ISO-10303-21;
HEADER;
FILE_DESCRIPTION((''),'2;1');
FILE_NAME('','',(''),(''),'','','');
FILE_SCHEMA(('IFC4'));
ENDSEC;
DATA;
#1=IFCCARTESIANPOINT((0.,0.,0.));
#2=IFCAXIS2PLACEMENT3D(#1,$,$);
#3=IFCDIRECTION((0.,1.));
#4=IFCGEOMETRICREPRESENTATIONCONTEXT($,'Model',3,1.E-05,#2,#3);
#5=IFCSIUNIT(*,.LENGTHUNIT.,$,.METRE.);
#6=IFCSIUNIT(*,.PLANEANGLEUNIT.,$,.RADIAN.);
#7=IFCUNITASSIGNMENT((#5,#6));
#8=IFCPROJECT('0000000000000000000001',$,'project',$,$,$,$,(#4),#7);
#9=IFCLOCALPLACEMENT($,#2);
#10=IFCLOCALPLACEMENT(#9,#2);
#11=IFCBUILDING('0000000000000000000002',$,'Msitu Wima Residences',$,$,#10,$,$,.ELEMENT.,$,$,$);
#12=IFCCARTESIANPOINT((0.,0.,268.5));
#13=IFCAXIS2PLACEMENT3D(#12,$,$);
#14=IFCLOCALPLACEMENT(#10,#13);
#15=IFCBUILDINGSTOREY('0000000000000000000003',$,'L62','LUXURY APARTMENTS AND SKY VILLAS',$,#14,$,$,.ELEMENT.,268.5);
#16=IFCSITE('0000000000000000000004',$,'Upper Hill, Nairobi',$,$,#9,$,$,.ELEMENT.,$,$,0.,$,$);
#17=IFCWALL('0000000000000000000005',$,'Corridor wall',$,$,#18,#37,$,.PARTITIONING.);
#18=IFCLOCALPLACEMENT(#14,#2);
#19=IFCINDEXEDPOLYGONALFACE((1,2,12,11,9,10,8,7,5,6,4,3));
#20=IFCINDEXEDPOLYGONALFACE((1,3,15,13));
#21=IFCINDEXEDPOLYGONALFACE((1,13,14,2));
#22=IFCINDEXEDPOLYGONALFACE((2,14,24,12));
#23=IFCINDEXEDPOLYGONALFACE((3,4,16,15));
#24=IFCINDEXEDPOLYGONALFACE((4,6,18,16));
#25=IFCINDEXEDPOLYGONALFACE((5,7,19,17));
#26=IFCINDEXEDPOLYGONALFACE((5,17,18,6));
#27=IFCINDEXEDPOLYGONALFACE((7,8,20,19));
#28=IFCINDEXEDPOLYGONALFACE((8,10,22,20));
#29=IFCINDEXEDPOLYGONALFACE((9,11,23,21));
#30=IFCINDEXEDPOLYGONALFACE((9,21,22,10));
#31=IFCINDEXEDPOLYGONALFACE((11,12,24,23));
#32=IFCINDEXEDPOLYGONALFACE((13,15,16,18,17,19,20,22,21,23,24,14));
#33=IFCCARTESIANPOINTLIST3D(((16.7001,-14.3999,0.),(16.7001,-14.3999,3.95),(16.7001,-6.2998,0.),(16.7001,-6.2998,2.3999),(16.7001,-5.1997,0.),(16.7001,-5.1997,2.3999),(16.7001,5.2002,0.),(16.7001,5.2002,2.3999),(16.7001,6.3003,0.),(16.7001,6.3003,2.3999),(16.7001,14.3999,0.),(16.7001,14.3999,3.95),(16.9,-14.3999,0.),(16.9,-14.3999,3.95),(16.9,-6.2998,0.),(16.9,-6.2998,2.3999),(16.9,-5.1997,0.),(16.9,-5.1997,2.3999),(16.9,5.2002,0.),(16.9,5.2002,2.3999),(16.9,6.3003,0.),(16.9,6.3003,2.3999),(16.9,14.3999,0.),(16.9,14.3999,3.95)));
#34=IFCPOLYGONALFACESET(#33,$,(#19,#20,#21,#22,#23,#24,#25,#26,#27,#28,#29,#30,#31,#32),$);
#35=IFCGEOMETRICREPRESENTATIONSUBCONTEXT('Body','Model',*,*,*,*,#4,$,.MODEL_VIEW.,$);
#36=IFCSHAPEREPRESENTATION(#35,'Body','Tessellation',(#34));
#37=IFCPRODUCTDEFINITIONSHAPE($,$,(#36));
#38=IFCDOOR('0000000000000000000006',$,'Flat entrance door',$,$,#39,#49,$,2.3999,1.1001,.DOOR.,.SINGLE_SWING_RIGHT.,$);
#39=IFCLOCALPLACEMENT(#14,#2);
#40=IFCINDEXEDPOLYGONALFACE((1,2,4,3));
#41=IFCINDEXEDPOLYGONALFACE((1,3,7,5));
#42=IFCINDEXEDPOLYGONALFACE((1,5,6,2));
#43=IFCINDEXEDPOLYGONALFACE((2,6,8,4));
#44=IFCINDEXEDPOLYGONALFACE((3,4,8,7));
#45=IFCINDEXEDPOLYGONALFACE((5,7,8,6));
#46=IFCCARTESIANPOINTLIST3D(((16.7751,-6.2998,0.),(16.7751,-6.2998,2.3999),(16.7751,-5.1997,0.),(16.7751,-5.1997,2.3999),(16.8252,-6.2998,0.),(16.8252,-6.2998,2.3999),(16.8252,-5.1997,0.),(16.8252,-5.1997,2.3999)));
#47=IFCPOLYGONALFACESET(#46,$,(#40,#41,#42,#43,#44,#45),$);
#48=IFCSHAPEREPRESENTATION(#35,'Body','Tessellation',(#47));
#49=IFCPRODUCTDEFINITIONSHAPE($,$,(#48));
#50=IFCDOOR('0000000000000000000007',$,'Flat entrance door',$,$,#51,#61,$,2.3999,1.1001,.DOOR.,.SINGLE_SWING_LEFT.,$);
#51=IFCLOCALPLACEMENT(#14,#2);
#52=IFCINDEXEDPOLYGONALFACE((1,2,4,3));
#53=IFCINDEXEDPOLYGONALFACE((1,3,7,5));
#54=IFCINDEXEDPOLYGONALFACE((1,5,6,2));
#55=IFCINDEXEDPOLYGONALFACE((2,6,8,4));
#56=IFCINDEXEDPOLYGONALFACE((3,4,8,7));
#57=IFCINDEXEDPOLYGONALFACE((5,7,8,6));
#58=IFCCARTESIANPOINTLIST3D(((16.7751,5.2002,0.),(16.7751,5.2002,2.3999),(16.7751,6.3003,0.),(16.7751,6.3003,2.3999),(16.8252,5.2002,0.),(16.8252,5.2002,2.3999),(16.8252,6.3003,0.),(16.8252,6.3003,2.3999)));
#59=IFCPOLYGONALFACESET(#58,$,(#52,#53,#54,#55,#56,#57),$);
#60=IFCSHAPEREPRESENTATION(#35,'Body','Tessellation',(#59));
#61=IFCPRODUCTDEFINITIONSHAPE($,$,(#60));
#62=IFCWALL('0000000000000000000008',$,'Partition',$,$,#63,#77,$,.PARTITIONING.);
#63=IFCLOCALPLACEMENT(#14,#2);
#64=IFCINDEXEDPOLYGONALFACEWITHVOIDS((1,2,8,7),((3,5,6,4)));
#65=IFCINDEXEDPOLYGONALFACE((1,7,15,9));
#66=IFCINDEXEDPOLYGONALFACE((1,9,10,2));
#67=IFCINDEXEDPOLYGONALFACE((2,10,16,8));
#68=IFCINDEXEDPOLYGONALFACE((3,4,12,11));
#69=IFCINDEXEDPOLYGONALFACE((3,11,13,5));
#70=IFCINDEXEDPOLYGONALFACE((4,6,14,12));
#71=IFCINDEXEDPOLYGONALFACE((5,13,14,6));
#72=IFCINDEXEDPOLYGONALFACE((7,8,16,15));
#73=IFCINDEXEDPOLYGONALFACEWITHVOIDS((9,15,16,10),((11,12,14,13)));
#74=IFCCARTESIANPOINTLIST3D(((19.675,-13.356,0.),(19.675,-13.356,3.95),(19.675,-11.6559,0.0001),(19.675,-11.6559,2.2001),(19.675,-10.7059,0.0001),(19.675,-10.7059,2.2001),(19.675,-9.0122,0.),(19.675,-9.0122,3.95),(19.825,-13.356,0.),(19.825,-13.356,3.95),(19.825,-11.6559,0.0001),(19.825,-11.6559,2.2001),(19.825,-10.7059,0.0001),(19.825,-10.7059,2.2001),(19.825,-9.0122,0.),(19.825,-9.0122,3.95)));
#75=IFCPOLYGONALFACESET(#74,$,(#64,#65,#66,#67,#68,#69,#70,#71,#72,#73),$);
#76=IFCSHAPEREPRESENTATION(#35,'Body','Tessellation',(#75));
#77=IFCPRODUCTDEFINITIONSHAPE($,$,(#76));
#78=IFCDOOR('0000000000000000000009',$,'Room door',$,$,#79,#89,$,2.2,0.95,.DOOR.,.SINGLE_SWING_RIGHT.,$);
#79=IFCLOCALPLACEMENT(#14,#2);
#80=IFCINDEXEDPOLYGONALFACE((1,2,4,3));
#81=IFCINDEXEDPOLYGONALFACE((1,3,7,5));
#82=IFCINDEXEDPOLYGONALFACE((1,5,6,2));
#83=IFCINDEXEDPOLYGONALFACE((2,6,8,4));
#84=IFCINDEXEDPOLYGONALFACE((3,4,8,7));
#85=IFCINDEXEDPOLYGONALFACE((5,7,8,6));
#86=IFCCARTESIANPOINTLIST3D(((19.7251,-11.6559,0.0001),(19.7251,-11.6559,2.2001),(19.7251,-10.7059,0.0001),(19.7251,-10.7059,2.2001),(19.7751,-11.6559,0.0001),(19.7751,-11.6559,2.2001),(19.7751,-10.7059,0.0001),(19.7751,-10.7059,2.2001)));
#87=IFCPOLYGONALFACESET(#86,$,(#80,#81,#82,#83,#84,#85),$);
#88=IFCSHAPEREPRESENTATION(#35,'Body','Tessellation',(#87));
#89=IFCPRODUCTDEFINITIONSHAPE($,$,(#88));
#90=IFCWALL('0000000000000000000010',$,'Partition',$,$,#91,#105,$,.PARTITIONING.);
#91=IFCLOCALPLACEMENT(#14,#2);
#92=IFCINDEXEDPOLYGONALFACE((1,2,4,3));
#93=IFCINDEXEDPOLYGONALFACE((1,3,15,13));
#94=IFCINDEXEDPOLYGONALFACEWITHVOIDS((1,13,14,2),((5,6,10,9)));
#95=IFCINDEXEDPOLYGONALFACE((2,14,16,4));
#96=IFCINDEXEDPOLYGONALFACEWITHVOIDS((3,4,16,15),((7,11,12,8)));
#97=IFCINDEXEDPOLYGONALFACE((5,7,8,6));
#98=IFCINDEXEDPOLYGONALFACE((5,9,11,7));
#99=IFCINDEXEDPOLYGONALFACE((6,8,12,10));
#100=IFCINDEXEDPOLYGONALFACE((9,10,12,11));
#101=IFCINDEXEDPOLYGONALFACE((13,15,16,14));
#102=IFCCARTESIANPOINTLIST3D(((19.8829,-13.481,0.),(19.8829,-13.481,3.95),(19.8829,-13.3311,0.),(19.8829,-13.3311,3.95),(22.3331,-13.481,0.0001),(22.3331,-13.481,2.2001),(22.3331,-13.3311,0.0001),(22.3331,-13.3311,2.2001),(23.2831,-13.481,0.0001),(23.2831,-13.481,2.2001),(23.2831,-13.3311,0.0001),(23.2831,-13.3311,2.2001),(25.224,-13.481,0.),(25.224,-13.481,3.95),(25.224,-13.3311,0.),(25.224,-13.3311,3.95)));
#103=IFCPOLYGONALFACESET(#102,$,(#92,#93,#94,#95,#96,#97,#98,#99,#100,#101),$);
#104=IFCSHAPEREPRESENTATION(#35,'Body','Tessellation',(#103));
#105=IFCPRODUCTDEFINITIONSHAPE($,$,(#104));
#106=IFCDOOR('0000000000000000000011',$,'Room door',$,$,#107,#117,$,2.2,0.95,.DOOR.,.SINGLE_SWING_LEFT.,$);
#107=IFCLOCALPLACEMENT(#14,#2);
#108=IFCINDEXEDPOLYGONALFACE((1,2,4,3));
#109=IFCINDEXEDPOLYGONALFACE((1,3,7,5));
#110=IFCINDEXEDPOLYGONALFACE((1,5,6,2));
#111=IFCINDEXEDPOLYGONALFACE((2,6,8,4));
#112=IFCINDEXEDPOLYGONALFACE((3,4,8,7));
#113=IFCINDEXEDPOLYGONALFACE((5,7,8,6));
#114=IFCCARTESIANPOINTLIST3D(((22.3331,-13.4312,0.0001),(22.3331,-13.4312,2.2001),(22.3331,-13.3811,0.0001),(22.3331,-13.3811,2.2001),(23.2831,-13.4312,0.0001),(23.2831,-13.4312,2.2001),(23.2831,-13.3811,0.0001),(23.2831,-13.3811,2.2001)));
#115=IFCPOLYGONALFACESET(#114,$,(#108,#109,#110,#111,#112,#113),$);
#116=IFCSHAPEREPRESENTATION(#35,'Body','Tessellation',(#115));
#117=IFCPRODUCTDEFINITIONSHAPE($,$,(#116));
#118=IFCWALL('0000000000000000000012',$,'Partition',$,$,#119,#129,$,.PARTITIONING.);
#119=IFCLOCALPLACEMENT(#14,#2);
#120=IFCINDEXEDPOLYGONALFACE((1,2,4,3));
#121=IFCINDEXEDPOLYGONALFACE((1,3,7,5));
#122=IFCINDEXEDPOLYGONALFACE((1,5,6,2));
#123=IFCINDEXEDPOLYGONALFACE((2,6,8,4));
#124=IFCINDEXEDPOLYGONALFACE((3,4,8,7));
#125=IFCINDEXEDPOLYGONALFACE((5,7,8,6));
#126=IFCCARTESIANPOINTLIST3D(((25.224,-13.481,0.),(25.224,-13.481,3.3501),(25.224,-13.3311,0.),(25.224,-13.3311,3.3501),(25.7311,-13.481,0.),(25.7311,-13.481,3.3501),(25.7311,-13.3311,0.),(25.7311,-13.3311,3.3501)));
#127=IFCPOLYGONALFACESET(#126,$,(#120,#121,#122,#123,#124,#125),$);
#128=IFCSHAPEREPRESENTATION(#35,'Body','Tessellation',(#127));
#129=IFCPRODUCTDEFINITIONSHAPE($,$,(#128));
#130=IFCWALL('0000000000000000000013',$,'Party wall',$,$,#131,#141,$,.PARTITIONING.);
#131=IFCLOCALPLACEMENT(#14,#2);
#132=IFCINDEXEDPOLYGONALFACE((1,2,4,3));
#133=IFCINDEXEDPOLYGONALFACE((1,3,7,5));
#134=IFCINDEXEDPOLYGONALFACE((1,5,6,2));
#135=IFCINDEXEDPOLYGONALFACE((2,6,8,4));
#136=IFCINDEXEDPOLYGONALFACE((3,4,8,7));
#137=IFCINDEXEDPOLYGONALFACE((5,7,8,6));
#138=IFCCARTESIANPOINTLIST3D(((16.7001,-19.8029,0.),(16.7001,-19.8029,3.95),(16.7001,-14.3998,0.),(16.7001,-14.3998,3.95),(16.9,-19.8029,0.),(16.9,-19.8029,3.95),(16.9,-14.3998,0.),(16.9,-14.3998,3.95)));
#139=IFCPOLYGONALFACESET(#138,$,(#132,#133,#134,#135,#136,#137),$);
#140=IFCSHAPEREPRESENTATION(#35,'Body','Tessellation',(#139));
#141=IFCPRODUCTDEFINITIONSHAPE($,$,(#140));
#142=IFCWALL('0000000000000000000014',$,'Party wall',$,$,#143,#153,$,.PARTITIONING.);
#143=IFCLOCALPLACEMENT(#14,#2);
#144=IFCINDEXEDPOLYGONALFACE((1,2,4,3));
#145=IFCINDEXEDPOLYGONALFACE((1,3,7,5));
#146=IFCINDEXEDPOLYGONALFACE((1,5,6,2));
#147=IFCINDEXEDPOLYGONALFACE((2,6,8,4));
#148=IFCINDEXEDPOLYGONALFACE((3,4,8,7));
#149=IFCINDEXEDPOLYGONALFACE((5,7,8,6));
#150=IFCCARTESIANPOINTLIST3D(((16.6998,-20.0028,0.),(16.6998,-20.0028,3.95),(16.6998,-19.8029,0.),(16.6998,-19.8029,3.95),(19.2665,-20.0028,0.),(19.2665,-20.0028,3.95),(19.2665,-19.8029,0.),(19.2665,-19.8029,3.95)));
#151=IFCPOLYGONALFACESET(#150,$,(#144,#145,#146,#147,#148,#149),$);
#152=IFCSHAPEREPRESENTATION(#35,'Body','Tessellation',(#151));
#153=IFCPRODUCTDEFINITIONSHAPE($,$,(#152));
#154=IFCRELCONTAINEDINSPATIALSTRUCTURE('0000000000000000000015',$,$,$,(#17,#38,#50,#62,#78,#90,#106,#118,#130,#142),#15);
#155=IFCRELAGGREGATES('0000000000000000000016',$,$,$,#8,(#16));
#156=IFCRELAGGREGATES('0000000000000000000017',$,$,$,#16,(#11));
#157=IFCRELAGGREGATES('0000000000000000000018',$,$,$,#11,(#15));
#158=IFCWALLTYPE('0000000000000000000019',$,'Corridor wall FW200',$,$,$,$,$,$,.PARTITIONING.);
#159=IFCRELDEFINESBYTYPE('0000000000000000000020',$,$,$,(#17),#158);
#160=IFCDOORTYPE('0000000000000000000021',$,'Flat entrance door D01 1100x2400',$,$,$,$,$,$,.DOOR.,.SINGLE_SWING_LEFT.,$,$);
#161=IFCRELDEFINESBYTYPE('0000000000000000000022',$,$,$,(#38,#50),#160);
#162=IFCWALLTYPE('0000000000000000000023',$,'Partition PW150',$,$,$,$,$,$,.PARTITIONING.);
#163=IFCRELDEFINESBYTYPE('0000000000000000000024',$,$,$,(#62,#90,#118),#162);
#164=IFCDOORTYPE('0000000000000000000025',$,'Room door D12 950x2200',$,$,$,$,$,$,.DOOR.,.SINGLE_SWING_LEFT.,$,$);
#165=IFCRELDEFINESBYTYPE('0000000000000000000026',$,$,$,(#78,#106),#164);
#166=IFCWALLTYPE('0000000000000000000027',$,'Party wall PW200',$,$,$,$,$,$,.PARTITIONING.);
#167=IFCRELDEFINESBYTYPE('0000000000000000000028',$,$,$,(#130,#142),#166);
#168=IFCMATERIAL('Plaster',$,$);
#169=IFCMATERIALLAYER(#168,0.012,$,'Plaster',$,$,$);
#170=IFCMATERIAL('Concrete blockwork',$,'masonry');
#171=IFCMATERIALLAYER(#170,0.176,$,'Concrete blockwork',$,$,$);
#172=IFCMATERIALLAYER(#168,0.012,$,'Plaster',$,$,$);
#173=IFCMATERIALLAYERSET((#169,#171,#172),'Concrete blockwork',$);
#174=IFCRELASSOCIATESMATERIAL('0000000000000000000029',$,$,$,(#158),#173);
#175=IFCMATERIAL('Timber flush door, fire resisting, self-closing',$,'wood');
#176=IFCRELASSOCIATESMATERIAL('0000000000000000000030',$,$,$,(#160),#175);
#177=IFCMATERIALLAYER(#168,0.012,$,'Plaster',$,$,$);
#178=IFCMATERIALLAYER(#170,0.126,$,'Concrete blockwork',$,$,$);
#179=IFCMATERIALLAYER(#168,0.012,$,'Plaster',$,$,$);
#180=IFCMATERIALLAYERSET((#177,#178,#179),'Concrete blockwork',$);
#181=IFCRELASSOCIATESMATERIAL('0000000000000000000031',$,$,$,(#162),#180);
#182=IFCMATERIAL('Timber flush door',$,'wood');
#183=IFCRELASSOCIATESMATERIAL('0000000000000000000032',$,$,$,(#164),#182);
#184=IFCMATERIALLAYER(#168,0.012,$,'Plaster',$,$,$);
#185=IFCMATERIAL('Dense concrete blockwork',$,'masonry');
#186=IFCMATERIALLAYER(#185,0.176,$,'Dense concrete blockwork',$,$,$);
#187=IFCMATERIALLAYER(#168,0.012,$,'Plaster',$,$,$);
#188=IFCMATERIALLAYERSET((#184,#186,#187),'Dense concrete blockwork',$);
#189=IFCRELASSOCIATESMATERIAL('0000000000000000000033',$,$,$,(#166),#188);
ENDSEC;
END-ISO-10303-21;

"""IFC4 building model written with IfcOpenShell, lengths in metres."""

from ifc_helpers import new_model, si_unit, direction, frame, frame_2d, origin, place, context, subcontext, project, spatial, rectangle, extrude, material, layer, layer_set, type_object, element, fill, save


model = new_model("IFC4")

# Units and contexts
model_context = context("Model", 3, precision=1e-05, world=origin(), true_north=direction((0.0, 1.0)))
body_context = subcontext(model_context, "Body", "Model", "MODEL_VIEW")
ifc_project = project(units=[si_unit("LENGTHUNIT", "METRE"), si_unit("PLANEANGLEUNIT", "RADIAN")], contexts=[model_context])

# Site, building, storey
site_placement = place(None, origin())
site = spatial("IfcSite", under=ifc_project, at=site_placement, Name="Upper Hill, Nairobi", CompositionType="ELEMENT", RefElevation=0.0)
building_placement = place(site_placement, origin())
building = spatial("IfcBuilding", under=site, at=building_placement, Name="Msitu Wima Residences", CompositionType="ELEMENT")
storey_placement = place(building_placement, frame((0.0, 0.0, 268.5)))
storey = spatial("IfcBuildingStorey", under=building, at=storey_placement, Name="L62", Description="LUXURY APARTMENTS AND SKY VILLAS", CompositionType="ELEMENT", Elevation=268.5)

# Shared definitions
ifc_material_1 = material(Name="Plaster")
ifc_layer_1 = layer(ifc_material_1, 0.012, Name="Plaster")
ifc_material_2 = material(Name="Concrete blockwork", Category="masonry")
ifc_layer_2 = layer(ifc_material_2, 0.176, Name="Concrete blockwork")
ifc_layer_3 = layer(ifc_material_1, 0.012, Name="Plaster")
ifc_layer_set_1 = layer_set([ifc_layer_1, ifc_layer_2, ifc_layer_3], Name="Concrete blockwork")
wall_type_1 = type_object("IfcWallType", Name="Corridor wall FW200", PredefinedType="PARTITIONING", material=ifc_layer_set_1)

# Shared definitions
ifc_material_3 = material(Name="Timber flush door, fire resisting, self-closing", Category="wood")
door_type_1 = type_object("IfcDoorType", Name="Flat entrance door D01 1100x2400", OperationType="SINGLE_SWING_LEFT", PredefinedType="DOOR", material=ifc_material_3)

# Wall, openings, doors
wall_1_placement = place(storey_placement, frame((16.8, -14.3999, 0.0), z_axis=(0.0, 0.0, 1.0), x_axis=(0.0, 1.0, 0.0)))
wall_1 = element("IfcWall", 1, at=wall_1_placement, inside=storey, type_object=wall_type_1, Name="Corridor wall", PredefinedType="PARTITIONING", context=body_context, shape_type="SweptSolid", body=[
    extrude(rectangle(XDim=28.7998, YDim=0.2, at=frame_2d((14.3999, 0.0))), origin(), (0.0, 0.0, 1.0), 3.95),
])
opening_1_placement = place(wall_1_placement, frame((8.1001, 0.0, 0.0)))
opening_1 = element("IfcOpeningElement", 2, at=opening_1_placement, cuts=wall_1, PredefinedType="OPENING", context=body_context, shape_type="SweptSolid", body=[
    extrude(rectangle(XDim=1.1001, YDim=2.3999, at=frame_2d((0.55, 1.2))), frame((0.0, 0.1099, 0.0), z_axis=(0.0, -1.0, 0.0), x_axis=(1.0, 0.0, 0.0)), (0.0, 0.0, 1.0), 0.22),
])
opening_2_placement = place(wall_1_placement, frame((19.6001, 0.0, 0.0)))
opening_2 = element("IfcOpeningElement", 3, at=opening_2_placement, cuts=wall_1, PredefinedType="OPENING", context=body_context, shape_type="SweptSolid", body=[
    extrude(rectangle(XDim=1.1001, YDim=2.3999, at=frame_2d((0.55, 1.2))), frame((0.0, 0.1099, 0.0), z_axis=(0.0, -1.0, 0.0), x_axis=(1.0, 0.0, 0.0)), (0.0, 0.0, 1.0), 0.22),
])
door_1_placement = place(opening_1_placement, origin())
door_1 = element("IfcDoor", 4, at=door_1_placement, inside=storey, type_object=door_type_1, Name="Flat entrance door", OperationType="SINGLE_SWING_RIGHT", OverallHeight=2.3999, OverallWidth=1.1001, PredefinedType="DOOR", context=body_context, shape_type="SweptSolid", body=[
    extrude(rectangle(XDim=1.1001, YDim=2.3999, at=frame_2d((0.55, 1.2))), frame((0.0, 0.0249, 0.0), z_axis=(0.0, -1.0, 0.0), x_axis=(1.0, 0.0, 0.0)), (0.0, 0.0, 1.0), 0.05),
])
fill(opening_1, door_1)
door_2_placement = place(opening_2_placement, origin())
door_2 = element("IfcDoor", 5, at=door_2_placement, inside=storey, type_object=door_type_1, Name="Flat entrance door", OperationType="SINGLE_SWING_LEFT", OverallHeight=2.3999, OverallWidth=1.1001, PredefinedType="DOOR", context=body_context, shape_type="SweptSolid", body=[
    extrude(rectangle(XDim=1.1001, YDim=2.3999, at=frame_2d((0.55, 1.2))), frame((0.0, 0.0249, 0.0), z_axis=(0.0, -1.0, 0.0), x_axis=(1.0, 0.0, 0.0)), (0.0, 0.0, 1.0), 0.05),
])
fill(opening_2, door_2)

# Walls, openings, doors
ifc_layer_4 = layer(ifc_material_1, 0.012, Name="Plaster")
ifc_layer_5 = layer(ifc_material_2, 0.126, Name="Concrete blockwork")
ifc_layer_6 = layer(ifc_material_1, 0.012, Name="Plaster")
ifc_layer_set_2 = layer_set([ifc_layer_4, ifc_layer_5, ifc_layer_6], Name="Concrete blockwork")
wall_type_2 = type_object("IfcWallType", Name="Partition PW150", PredefinedType="PARTITIONING", material=ifc_layer_set_2)
wall_2_placement = place(storey_placement, frame((19.75, -13.356, 0.0), z_axis=(0.0, 0.0, 1.0), x_axis=(0.0, 1.0, 0.0)))
wall_2 = element("IfcWall", 6, at=wall_2_placement, inside=storey, type_object=wall_type_2, Name="Partition", PredefinedType="PARTITIONING", context=body_context, shape_type="SweptSolid", body=[
    extrude(rectangle(XDim=4.3438, YDim=0.1499, at=frame_2d((2.1719, 0.0))), origin(), (0.0, 0.0, 1.0), 3.95),
])
opening_3_placement = place(wall_2_placement, frame((1.7, 0.0, 0.0)))
opening_3 = element("IfcOpeningElement", 7, at=opening_3_placement, cuts=wall_2, PredefinedType="OPENING", context=body_context, shape_type="SweptSolid", body=[
    extrude(rectangle(XDim=0.95, YDim=2.2, at=frame_2d((0.4751, 1.1001))), frame((0.0, 0.085, 0.0), z_axis=(0.0, -1.0, 0.0), x_axis=(1.0, 0.0, 0.0)), (0.0, 0.0, 1.0), 0.1699),
])
ifc_material_4 = material(Name="Timber flush door", Category="wood")
door_type_2 = type_object("IfcDoorType", Name="Room door D12 950x2200", OperationType="SINGLE_SWING_LEFT", PredefinedType="DOOR", material=ifc_material_4)
door_3_placement = place(opening_3_placement, origin())
door_3 = element("IfcDoor", 8, at=door_3_placement, inside=storey, type_object=door_type_2, Name="Room door", OperationType="SINGLE_SWING_RIGHT", OverallHeight=2.2, OverallWidth=0.95, PredefinedType="DOOR", context=body_context, shape_type="SweptSolid", body=[
    extrude(rectangle(XDim=0.95, YDim=2.2, at=frame_2d((0.4751, 1.1001))), frame((0.0, 0.0249, 0.0), z_axis=(0.0, -1.0, 0.0), x_axis=(1.0, 0.0, 0.0)), (0.0, 0.0, 1.0), 0.05),
])
fill(opening_3, door_3)
wall_3_placement = place(storey_placement, frame((19.8831, -13.406, 0.0), z_axis=(0.0, 0.0, 1.0), x_axis=(1.0, 0.0, 0.0)))
wall_3 = element("IfcWall", 9, at=wall_3_placement, inside=storey, type_object=wall_type_2, Name="Partition", PredefinedType="PARTITIONING", context=body_context, shape_type="SweptSolid", body=[
    extrude(rectangle(XDim=5.3411, YDim=0.1499, at=frame_2d((2.6704, 0.0))), origin(), (0.0, 0.0, 1.0), 3.95),
])
opening_4_placement = place(wall_3_placement, frame((2.45, 0.0, 0.0)))
opening_4 = element("IfcOpeningElement", 10, at=opening_4_placement, cuts=wall_3, PredefinedType="OPENING", context=body_context, shape_type="SweptSolid", body=[
    extrude(rectangle(XDim=0.95, YDim=2.2, at=frame_2d((0.4751, 1.1001))), frame((0.0, 0.085, 0.0), z_axis=(0.0, -1.0, 0.0), x_axis=(1.0, 0.0, 0.0)), (0.0, 0.0, 1.0), 0.1699),
])
door_4_placement = place(opening_4_placement, origin())
door_4 = element("IfcDoor", 11, at=door_4_placement, inside=storey, type_object=door_type_2, Name="Room door", OperationType="SINGLE_SWING_LEFT", OverallHeight=2.2, OverallWidth=0.95, PredefinedType="DOOR", context=body_context, shape_type="SweptSolid", body=[
    extrude(rectangle(XDim=0.95, YDim=2.2, at=frame_2d((0.4751, 1.1001))), frame((0.0, 0.0249, 0.0), z_axis=(0.0, -1.0, 0.0), x_axis=(1.0, 0.0, 0.0)), (0.0, 0.0, 1.0), 0.05),
])
fill(opening_4, door_4)

# Walls
wall_4_placement = place(storey_placement, frame((25.2241, -13.406, 0.0), z_axis=(0.0, 0.0, 1.0), x_axis=(1.0, 0.0, 0.0)))
element("IfcWall", 12, at=wall_4_placement, inside=storey, type_object=wall_type_2, Name="Partition", PredefinedType="PARTITIONING", context=body_context, shape_type="SweptSolid", body=[
    extrude(rectangle(XDim=0.5071, YDim=0.1499, at=frame_2d((0.2534, 0.0))), origin(), (0.0, 0.0, 1.0), 3.3501),
])
ifc_layer_7 = layer(ifc_material_1, 0.012, Name="Plaster")
ifc_material_5 = material(Name="Dense concrete blockwork", Category="masonry")
ifc_layer_8 = layer(ifc_material_5, 0.176, Name="Dense concrete blockwork")
ifc_layer_9 = layer(ifc_material_1, 0.012, Name="Plaster")
ifc_layer_set_3 = layer_set([ifc_layer_7, ifc_layer_8, ifc_layer_9], Name="Dense concrete blockwork")
wall_type_3 = type_object("IfcWallType", Name="Party wall PW200", PredefinedType="PARTITIONING", material=ifc_layer_set_3)
wall_5_placement = place(storey_placement, frame((16.8, -19.803, 0.0), z_axis=(0.0, 0.0, 1.0), x_axis=(0.0, 1.0, 0.0)))
element("IfcWall", 13, at=wall_5_placement, inside=storey, type_object=wall_type_3, Name="Party wall", PredefinedType="PARTITIONING", context=body_context, shape_type="SweptSolid", body=[
    extrude(rectangle(XDim=5.4031, YDim=0.2, at=frame_2d((2.7017, 0.0))), origin(), (0.0, 0.0, 1.0), 3.95),
])
wall_6_placement = place(storey_placement, frame((16.7, -19.9028, 0.0), z_axis=(0.0, 0.0, 1.0), x_axis=(1.0, 0.0, 0.0)))
element("IfcWall", 14, at=wall_6_placement, inside=storey, type_object=wall_type_3, Name="Party wall", PredefinedType="PARTITIONING", context=body_context, shape_type="SweptSolid", body=[
    extrude(rectangle(XDim=2.5667, YDim=0.2, at=frame_2d((1.2832, 0.0))), origin(), (0.0, 0.0, 1.0), 3.95),
])

save(model, "model.ifc")
